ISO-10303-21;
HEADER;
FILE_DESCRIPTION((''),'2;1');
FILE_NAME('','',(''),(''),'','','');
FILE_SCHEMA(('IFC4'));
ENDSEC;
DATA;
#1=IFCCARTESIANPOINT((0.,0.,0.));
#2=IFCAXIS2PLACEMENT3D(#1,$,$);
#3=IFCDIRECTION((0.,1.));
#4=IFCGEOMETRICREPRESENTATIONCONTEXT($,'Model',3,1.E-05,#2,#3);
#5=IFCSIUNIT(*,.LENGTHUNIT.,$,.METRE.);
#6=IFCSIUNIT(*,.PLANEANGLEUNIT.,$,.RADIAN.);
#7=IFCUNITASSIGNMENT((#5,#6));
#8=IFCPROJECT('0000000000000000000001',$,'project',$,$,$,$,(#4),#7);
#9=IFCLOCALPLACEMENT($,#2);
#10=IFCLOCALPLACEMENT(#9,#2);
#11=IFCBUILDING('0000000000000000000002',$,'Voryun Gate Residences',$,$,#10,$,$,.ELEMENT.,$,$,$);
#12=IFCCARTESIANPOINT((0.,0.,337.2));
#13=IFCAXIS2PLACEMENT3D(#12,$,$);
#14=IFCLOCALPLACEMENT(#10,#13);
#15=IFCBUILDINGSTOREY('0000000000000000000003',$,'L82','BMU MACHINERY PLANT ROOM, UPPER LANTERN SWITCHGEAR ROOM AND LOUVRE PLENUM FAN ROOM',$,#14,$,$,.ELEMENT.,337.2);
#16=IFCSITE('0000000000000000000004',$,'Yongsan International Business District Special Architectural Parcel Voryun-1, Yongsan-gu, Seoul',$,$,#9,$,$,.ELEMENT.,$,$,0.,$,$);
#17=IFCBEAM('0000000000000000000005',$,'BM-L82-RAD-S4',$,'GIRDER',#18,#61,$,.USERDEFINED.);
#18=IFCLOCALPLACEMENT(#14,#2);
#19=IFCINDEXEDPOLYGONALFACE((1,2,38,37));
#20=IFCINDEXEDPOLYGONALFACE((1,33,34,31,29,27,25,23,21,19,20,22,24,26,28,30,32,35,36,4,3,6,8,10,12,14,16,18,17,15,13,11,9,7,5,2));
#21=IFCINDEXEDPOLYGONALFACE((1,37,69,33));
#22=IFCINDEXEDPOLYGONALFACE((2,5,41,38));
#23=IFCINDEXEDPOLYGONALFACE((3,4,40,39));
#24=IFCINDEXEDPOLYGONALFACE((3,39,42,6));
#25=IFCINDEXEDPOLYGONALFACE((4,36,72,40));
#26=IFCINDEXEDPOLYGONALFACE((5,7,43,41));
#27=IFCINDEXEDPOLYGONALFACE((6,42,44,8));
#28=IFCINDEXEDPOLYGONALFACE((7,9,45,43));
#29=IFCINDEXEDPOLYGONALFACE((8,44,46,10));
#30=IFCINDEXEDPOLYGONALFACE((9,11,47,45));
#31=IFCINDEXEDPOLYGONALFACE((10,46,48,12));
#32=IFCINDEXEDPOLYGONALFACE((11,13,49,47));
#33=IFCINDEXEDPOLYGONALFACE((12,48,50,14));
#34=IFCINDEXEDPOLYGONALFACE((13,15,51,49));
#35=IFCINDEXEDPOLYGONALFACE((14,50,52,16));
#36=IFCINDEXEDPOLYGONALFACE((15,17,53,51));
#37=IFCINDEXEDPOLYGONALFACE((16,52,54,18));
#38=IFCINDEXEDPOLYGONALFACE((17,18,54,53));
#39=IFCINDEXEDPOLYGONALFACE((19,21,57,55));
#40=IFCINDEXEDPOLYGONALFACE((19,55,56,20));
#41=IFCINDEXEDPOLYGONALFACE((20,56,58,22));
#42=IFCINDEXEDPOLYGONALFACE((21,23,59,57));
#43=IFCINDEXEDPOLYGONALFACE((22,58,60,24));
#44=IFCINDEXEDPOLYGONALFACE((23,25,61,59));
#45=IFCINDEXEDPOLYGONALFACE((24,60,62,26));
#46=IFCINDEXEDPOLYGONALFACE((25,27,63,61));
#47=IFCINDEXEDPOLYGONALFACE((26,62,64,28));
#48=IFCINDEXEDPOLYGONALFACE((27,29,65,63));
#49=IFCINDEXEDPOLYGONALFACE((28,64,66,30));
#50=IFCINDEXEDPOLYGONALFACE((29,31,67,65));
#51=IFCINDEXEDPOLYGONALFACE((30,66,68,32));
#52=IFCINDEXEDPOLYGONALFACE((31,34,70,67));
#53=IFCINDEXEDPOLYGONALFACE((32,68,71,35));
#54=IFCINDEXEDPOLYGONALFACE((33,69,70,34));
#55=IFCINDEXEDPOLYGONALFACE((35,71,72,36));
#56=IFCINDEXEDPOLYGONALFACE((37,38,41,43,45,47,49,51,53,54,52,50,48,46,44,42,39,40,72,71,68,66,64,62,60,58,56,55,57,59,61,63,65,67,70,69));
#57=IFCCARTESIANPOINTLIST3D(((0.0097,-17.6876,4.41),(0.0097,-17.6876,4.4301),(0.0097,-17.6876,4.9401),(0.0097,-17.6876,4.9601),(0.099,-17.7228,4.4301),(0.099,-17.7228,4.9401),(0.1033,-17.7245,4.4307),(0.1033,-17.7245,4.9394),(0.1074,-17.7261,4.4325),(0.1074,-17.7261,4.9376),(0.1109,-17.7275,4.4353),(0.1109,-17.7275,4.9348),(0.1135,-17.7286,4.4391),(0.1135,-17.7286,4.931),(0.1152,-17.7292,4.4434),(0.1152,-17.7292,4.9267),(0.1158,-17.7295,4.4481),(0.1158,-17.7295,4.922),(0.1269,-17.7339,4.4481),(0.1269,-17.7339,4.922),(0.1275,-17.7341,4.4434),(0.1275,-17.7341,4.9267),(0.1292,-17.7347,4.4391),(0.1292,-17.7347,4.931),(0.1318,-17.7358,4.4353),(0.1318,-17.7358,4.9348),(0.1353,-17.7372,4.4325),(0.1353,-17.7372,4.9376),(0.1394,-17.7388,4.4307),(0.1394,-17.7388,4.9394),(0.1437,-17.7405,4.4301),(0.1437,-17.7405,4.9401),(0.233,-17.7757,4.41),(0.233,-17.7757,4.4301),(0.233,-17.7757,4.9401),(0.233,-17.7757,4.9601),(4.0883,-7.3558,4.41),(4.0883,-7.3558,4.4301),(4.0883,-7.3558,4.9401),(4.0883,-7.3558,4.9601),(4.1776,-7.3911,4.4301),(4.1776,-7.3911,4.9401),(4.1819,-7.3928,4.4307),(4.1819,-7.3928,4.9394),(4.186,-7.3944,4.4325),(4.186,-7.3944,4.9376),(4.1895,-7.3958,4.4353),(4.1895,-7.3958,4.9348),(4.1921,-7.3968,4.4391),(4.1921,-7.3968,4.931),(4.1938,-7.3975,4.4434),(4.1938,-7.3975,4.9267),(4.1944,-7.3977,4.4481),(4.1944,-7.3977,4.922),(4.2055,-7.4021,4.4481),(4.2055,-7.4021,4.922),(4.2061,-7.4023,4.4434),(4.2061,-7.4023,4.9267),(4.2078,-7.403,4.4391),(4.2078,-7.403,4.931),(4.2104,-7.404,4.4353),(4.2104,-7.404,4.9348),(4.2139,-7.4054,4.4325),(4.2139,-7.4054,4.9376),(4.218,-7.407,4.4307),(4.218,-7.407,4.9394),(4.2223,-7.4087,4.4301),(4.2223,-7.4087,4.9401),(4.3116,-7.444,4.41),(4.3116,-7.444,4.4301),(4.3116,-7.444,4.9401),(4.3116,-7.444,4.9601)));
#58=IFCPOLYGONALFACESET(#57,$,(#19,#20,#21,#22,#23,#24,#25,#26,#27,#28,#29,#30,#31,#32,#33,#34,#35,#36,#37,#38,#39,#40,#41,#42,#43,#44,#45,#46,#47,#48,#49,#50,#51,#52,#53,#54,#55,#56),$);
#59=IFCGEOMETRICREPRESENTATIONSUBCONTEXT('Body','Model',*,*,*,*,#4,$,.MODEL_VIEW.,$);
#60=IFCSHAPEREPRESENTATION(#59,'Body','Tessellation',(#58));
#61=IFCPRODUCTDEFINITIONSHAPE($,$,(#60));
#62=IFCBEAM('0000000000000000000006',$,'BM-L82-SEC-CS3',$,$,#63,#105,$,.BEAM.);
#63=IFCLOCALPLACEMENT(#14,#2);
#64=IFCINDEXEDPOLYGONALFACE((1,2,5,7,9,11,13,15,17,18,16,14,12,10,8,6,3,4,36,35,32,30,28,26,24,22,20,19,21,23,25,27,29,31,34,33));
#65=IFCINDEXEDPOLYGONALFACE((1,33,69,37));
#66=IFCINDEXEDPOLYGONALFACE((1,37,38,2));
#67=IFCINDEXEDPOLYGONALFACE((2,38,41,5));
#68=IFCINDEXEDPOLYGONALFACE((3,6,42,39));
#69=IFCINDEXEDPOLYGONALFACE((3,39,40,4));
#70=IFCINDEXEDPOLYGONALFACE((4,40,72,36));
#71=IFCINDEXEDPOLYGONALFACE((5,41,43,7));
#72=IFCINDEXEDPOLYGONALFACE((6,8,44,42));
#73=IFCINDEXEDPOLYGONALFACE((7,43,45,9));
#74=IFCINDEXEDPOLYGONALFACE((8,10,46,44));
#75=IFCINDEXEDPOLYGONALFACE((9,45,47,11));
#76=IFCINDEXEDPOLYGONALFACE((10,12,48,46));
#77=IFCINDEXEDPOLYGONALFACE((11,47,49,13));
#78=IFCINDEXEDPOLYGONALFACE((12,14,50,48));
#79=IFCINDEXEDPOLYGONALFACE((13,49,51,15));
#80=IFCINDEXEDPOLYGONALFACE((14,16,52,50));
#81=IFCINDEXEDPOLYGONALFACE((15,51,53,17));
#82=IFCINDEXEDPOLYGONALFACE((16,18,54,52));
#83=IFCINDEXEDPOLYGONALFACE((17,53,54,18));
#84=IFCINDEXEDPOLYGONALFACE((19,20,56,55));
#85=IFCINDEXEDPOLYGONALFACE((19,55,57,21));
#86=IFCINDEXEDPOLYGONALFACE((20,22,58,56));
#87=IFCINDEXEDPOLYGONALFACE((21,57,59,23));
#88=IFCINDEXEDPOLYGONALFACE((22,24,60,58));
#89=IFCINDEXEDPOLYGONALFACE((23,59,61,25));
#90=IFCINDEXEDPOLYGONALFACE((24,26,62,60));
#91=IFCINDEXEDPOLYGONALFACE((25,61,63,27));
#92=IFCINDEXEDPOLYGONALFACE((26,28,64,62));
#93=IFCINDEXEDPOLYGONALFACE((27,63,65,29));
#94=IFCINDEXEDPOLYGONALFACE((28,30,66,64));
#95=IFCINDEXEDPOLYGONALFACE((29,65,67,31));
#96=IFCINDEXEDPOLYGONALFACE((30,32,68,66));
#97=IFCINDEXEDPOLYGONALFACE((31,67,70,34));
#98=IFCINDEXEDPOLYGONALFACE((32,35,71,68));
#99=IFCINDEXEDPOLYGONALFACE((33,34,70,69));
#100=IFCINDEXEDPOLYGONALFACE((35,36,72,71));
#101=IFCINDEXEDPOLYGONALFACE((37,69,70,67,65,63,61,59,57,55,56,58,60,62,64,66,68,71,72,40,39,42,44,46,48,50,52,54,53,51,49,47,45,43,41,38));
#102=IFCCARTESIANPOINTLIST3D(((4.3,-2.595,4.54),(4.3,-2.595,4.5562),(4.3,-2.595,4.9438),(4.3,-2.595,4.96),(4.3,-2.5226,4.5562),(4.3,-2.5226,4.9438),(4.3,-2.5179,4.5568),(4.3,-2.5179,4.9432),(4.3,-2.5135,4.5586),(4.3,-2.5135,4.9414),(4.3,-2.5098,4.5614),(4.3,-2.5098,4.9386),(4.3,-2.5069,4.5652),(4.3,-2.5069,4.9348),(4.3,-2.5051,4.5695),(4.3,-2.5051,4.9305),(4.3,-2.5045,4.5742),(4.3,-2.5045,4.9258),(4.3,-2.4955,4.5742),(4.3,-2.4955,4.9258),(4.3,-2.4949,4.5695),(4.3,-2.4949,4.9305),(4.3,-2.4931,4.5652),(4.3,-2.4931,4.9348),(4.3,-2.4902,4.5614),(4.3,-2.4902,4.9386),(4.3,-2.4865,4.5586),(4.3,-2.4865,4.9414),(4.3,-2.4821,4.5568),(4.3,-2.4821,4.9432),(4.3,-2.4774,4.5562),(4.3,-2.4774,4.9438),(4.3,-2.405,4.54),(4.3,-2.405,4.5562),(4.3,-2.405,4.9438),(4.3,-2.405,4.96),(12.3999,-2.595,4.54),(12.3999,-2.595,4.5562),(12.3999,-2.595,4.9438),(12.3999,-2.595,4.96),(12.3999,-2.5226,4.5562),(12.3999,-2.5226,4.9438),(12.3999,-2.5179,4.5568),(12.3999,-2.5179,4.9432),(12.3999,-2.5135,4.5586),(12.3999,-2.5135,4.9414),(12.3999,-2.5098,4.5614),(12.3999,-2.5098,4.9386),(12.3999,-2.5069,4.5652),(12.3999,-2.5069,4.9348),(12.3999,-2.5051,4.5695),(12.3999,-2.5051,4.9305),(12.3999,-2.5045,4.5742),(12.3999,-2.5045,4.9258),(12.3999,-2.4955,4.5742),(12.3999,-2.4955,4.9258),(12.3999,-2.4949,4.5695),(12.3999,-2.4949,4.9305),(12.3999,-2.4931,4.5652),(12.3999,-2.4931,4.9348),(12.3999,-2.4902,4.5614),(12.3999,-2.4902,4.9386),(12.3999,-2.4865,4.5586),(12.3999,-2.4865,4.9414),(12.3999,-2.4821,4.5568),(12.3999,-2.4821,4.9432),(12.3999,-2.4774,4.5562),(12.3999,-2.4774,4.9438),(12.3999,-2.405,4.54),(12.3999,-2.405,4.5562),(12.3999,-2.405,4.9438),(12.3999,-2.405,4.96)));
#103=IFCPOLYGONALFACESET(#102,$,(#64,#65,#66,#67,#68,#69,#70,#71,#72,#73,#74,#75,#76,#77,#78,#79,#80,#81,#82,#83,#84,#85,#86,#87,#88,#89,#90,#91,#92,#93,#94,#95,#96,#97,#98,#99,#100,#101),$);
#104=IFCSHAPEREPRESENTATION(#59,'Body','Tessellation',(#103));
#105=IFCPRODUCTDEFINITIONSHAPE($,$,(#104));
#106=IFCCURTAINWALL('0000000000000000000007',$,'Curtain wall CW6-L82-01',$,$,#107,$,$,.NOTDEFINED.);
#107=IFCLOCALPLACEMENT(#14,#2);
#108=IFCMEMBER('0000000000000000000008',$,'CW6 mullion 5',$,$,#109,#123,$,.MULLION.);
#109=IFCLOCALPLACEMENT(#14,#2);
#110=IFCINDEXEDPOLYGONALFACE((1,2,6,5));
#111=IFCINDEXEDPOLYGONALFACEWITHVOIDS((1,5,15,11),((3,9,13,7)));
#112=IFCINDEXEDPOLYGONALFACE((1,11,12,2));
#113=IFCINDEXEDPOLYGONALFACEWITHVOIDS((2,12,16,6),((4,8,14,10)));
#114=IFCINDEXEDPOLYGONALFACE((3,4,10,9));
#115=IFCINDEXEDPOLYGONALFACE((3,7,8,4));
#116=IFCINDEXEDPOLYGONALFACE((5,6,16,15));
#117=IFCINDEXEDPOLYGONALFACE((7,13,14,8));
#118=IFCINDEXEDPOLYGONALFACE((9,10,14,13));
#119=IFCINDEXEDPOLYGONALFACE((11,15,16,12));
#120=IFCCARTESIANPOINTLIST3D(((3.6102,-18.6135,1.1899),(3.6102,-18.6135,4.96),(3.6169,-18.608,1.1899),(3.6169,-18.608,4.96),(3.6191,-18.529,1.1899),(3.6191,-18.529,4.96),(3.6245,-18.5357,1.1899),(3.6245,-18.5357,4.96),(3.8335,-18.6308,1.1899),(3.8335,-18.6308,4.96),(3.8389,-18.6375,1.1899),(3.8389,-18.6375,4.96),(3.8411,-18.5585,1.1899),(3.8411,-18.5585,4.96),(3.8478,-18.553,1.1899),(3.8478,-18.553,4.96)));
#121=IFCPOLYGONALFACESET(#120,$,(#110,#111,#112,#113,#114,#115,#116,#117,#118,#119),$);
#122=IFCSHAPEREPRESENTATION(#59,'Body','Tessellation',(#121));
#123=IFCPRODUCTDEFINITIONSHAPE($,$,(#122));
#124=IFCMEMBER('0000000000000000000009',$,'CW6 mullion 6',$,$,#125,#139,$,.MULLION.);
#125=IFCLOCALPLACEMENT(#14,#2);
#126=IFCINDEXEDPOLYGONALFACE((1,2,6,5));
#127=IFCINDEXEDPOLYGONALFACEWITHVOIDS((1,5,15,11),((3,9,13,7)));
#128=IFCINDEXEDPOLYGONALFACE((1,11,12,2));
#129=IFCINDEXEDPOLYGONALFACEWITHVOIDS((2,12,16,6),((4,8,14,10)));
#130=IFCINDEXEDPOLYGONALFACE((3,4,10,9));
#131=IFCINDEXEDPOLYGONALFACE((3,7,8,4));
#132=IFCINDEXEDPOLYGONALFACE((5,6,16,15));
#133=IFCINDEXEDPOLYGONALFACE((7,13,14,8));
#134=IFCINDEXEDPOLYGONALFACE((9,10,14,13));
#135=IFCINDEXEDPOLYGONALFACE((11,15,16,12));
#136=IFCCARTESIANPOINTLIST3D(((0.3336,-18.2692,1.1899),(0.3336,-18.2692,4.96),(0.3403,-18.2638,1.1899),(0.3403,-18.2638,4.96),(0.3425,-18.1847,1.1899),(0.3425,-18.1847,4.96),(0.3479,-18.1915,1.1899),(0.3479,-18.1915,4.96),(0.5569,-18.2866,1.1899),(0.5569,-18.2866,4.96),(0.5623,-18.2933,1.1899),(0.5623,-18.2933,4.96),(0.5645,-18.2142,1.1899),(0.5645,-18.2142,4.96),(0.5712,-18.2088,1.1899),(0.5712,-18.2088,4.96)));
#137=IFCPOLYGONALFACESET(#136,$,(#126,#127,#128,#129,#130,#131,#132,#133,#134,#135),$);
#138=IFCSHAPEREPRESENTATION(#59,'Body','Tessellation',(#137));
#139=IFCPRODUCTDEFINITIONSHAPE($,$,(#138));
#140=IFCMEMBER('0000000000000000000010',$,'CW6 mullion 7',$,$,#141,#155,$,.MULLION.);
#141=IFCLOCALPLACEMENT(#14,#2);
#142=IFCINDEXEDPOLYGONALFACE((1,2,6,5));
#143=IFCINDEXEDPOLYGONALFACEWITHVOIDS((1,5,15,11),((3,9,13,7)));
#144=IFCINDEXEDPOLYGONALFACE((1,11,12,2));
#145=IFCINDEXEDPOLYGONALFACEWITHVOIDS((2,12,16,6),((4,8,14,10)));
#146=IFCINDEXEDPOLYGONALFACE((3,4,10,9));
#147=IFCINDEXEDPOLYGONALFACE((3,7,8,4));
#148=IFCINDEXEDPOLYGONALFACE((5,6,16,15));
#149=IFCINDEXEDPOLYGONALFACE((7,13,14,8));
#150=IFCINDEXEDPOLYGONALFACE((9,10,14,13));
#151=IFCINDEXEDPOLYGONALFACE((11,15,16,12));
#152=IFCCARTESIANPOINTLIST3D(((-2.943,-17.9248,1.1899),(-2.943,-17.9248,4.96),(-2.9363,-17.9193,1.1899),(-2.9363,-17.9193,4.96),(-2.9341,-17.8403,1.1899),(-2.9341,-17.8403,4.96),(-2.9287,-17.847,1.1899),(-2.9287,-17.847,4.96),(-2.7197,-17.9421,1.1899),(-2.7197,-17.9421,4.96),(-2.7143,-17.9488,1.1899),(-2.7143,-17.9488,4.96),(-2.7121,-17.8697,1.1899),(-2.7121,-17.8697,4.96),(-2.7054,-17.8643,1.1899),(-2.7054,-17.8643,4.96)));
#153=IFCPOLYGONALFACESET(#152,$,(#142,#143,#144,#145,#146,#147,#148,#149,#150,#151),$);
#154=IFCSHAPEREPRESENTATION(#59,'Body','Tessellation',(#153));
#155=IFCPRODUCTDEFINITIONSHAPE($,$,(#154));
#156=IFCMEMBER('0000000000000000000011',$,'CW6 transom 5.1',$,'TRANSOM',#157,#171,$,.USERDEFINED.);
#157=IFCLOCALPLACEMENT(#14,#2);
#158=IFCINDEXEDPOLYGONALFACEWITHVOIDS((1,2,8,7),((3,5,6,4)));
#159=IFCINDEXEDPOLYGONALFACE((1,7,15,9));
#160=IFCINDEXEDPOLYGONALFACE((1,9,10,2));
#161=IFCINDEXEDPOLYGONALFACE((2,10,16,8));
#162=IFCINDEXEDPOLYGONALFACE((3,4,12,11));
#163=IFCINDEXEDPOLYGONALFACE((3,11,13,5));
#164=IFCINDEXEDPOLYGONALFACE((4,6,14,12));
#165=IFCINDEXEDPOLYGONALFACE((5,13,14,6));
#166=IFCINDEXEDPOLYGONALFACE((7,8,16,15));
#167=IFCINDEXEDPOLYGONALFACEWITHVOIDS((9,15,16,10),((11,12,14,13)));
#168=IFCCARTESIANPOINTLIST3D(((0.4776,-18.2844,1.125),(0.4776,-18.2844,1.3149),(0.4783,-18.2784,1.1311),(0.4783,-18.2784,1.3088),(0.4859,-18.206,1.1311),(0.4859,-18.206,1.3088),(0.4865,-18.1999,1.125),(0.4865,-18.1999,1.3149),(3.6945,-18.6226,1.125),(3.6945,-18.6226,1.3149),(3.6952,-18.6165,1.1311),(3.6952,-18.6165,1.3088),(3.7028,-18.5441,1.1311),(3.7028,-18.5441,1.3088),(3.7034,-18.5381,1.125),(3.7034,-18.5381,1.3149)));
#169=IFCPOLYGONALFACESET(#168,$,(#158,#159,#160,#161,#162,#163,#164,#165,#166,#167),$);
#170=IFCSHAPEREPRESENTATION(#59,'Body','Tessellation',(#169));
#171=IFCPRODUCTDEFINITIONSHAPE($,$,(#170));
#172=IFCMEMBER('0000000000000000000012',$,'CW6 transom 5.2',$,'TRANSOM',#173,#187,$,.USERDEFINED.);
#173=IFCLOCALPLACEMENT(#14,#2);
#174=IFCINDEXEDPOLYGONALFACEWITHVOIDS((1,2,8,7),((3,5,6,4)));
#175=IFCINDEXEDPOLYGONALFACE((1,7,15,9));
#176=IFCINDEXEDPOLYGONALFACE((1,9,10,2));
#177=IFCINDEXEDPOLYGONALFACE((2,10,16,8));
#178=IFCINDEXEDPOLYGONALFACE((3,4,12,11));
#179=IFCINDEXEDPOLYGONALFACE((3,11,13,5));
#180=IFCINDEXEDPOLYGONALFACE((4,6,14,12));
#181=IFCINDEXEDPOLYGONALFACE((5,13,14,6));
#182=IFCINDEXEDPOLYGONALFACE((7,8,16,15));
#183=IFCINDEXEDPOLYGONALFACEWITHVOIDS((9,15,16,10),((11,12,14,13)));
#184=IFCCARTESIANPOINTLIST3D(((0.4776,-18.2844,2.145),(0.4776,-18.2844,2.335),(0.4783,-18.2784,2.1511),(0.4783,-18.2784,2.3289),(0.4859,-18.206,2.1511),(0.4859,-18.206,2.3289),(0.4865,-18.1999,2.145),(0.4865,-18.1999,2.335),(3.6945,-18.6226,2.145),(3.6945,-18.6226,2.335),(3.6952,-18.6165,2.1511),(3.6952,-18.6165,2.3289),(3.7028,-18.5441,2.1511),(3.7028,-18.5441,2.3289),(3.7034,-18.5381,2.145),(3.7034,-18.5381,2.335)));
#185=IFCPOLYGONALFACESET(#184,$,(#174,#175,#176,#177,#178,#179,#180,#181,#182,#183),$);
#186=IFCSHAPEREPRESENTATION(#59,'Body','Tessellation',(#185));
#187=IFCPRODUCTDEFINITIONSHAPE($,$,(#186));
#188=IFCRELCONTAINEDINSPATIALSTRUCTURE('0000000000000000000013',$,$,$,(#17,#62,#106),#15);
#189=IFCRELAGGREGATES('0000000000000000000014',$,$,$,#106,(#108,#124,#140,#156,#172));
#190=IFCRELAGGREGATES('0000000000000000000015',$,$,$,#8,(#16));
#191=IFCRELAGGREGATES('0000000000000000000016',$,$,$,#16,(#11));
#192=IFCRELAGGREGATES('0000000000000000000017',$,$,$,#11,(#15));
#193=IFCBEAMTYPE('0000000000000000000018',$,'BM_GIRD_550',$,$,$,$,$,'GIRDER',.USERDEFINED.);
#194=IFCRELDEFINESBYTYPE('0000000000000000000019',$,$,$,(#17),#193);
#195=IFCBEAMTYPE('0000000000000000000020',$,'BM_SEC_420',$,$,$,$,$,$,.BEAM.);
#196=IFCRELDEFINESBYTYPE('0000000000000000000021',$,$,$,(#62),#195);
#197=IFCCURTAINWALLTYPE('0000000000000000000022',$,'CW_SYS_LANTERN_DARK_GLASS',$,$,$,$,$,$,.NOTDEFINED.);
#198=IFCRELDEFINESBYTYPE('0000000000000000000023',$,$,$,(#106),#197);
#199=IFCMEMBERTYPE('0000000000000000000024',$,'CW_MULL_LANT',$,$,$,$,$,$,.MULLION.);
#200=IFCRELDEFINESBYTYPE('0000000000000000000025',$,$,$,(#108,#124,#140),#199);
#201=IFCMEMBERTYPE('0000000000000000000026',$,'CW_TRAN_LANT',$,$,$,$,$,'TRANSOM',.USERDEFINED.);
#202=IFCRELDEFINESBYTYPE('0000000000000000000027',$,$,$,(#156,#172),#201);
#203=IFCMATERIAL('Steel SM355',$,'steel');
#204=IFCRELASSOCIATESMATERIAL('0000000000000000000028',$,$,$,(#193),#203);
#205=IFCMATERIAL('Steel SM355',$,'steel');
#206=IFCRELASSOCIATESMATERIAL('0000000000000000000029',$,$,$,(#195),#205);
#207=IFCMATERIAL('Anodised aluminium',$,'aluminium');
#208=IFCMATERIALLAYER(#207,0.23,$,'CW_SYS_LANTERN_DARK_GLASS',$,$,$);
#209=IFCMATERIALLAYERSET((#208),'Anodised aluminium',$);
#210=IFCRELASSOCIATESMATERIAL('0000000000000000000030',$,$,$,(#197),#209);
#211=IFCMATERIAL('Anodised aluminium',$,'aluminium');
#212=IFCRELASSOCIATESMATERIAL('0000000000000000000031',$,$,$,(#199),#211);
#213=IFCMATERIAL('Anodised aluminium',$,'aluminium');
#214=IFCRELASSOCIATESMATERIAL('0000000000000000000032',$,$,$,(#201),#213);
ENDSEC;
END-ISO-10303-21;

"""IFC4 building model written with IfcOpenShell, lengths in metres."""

from ifc_helpers import new_model, si_unit, direction, frame, origin, origin_2d, place, context, subcontext, project, spatial, hollow_rectangle, i_section, extrude, material, layer, layer_set, material_profile, profile_set, type_object, element, aggregate, save


model = new_model("IFC4")

# Units and contexts
model_context = context("Model", 3, precision=1e-05, world=origin(), true_north=direction((0.0, 1.0)))
body_context = subcontext(model_context, "Body", "Model", "MODEL_VIEW")
ifc_project = project(units=[si_unit("LENGTHUNIT", "METRE"), si_unit("PLANEANGLEUNIT", "RADIAN")], contexts=[model_context])

# Site, building, storey
site_placement = place(None, origin())
site = spatial("IfcSite", under=ifc_project, at=site_placement, Name="Yongsan International Business District Special Architectural Parcel Voryun-1, Yongsan-gu, Seoul", CompositionType="ELEMENT", RefElevation=0.0)
building_placement = place(site_placement, origin())
building = spatial("IfcBuilding", under=site, at=building_placement, Name="Voryun Gate Residences", CompositionType="ELEMENT")
storey_placement = place(building_placement, frame((0.0, 0.0, 337.2)))
storey = spatial("IfcBuildingStorey", under=building, at=storey_placement, Name="L82", Description="BMU MACHINERY PLANT ROOM, UPPER LANTERN SWITCHGEAR ROOM AND LOUVRE PLENUM FAN ROOM", CompositionType="ELEMENT", Elevation=337.2)

# Beams
ifc_material_1 = material(Name="Steel SM355", Category="steel")
ifc_material_profile_1 = material_profile(ifc_material_1, i_section(OverallWidth=0.24, OverallDepth=0.55, WebThickness=0.012, FlangeThickness=0.02, FilletRadius=0.0181, at=origin_2d()), Name="H-550x240x12x20")
ifc_profile_set_1 = profile_set([ifc_material_profile_1], Name="Steel SM355")
beam_type_1 = type_object("IfcBeamType", Name="BM_GIRD_550", ElementType="GIRDER", PredefinedType="USERDEFINED", material=ifc_profile_set_1)
beam_1_placement = place(storey_placement, frame((4.2, -7.3999, 4.6851), z_axis=(-0.367188, -0.930147, 0.0), x_axis=(0.930147, -0.367188, 0.0)))
element("IfcBeam", 1, at=beam_1_placement, inside=storey, type_object=beam_type_1, Name="BM-L82-RAD-S4", ObjectType="GIRDER", PredefinedType="USERDEFINED", context=body_context, shape_type="SweptSolid", body=[
    extrude(i_section(OverallWidth=0.24, OverallDepth=0.55, WebThickness=0.012, FlangeThickness=0.02, FilletRadius=0.0181, at=origin_2d()), origin(), (0.0, 0.0, 1.0), 11.1077),
])
ifc_material_2 = material(Name="Steel SM355", Category="steel")
ifc_material_profile_2 = material_profile(ifc_material_2, i_section(OverallWidth=0.1899, OverallDepth=0.4199, WebThickness=0.009, FlangeThickness=0.0161, FilletRadius=0.0181, at=origin_2d()), Name="H-420x190x9x16")
ifc_profile_set_2 = profile_set([ifc_material_profile_2], Name="Steel SM355")
beam_type_2 = type_object("IfcBeamType", Name="BM_SEC_420", PredefinedType="BEAM", material=ifc_profile_set_2)
beam_2_placement = place(storey_placement, frame((4.3, -2.5, 4.75), z_axis=(1.0, 0.0, 0.0), x_axis=(0.0, 1.0, 0.0)))
element("IfcBeam", 2, at=beam_2_placement, inside=storey, type_object=beam_type_2, Name="BM-L82-SEC-CS3", PredefinedType="BEAM", context=body_context, shape_type="SweptSolid", body=[
    extrude(i_section(OverallWidth=0.1899, OverallDepth=0.4199, WebThickness=0.009, FlangeThickness=0.0161, FilletRadius=0.0181, at=origin_2d()), origin(), (0.0, 0.0, 1.0), 8.0999),
])

# Curtain wall, members
ifc_material_3 = material(Name="Anodised aluminium", Category="aluminium")
ifc_layer_1 = layer(ifc_material_3, 0.23, Name="CW_SYS_LANTERN_DARK_GLASS")
ifc_layer_set_1 = layer_set([ifc_layer_1], Name="Anodised aluminium")
curtain_wall_type = type_object("IfcCurtainWallType", Name="CW_SYS_LANTERN_DARK_GLASS", PredefinedType="NOTDEFINED", material=ifc_layer_set_1)
curtain_wall_placement = place(storey_placement, origin())
curtain_wall = element("IfcCurtainWall", 3, at=curtain_wall_placement, inside=storey, type_object=curtain_wall_type, Name="Curtain wall CW6-L82-01", PredefinedType="NOTDEFINED")
ifc_material_4 = material(Name="Anodised aluminium", Category="aluminium")
ifc_material_profile_3 = material_profile(ifc_material_4, hollow_rectangle(XDim=0.085, YDim=0.23, WallThickness=0.0061, at=origin_2d()), Name="ALU-MULL-230x85x6")
ifc_profile_set_3 = profile_set([ifc_material_profile_3], Name="Anodised aluminium")
member_type_1 = type_object("IfcMemberType", Name="CW_MULL_LANT", PredefinedType="MULLION", material=ifc_profile_set_3)
member_1_placement = place(storey_placement, frame((3.729, -18.5833, 1.1899), z_axis=(0.0, 0.0, 1.0), x_axis=(-0.104528, -0.994522, 0.0)))
member_1 = element("IfcMember", 4, at=member_1_placement, type_object=member_type_1, Name="CW6 mullion 5", PredefinedType="MULLION", context=body_context, shape_type="SweptSolid", body=[
    extrude(hollow_rectangle(XDim=0.085, YDim=0.23, WallThickness=0.0061, at=origin_2d()), origin(), (0.0, 0.0, 1.0), 3.77),
])
member_2_placement = place(storey_placement, frame((0.4524, -18.239, 1.1899), z_axis=(0.0, 0.0, 1.0), x_axis=(-0.104528, -0.994522, 0.0)))
member_2 = element("IfcMember", 5, at=member_2_placement, type_object=member_type_1, Name="CW6 mullion 6", PredefinedType="MULLION", context=body_context, shape_type="SweptSolid", body=[
    extrude(hollow_rectangle(XDim=0.085, YDim=0.23, WallThickness=0.0061, at=origin_2d()), origin(), (0.0, 0.0, 1.0), 3.77),
])
member_3_placement = place(storey_placement, frame((-2.8242, -17.8945, 1.1899), z_axis=(0.0, 0.0, 1.0), x_axis=(-0.104528, -0.994522, 0.0)))
member_3 = element("IfcMember", 6, at=member_3_placement, type_object=member_type_1, Name="CW6 mullion 7", PredefinedType="MULLION", context=body_context, shape_type="SweptSolid", body=[
    extrude(hollow_rectangle(XDim=0.085, YDim=0.23, WallThickness=0.0061, at=origin_2d()), origin(), (0.0, 0.0, 1.0), 3.77),
])
ifc_material_5 = material(Name="Anodised aluminium", Category="aluminium")
ifc_material_profile_4 = material_profile(ifc_material_5, hollow_rectangle(XDim=0.085, YDim=0.1899, WallThickness=0.0061, at=origin_2d()), Name="ALU-TRAN-190x85x6")
ifc_profile_set_4 = profile_set([ifc_material_profile_4], Name="Anodised aluminium")
member_type_2 = type_object("IfcMemberType", Name="CW_TRAN_LANT", ElementType="TRANSOM", PredefinedType="USERDEFINED", material=ifc_profile_set_4)
member_4_placement = place(storey_placement, frame((3.699, -18.5803, 1.22), z_axis=(-0.994521, 0.104539, 0.0), x_axis=(-0.104539, -0.994521, 0.0)))
member_4 = element("IfcMember", 7, at=member_4_placement, type_object=member_type_2, Name="CW6 transom 5.1", ObjectType="TRANSOM", PredefinedType="USERDEFINED", context=body_context, shape_type="SweptSolid", body=[
    extrude(hollow_rectangle(XDim=0.085, YDim=0.1899, WallThickness=0.0061, at=origin_2d()), origin(), (0.0, 0.0, 1.0), 3.2346),
])
member_5_placement = place(storey_placement, frame((3.699, -18.5803, 2.24), z_axis=(-0.994521, 0.104539, 0.0), x_axis=(-0.104539, -0.994521, 0.0)))
member_5 = element("IfcMember", 8, at=member_5_placement, type_object=member_type_2, Name="CW6 transom 5.2", ObjectType="TRANSOM", PredefinedType="USERDEFINED", context=body_context, shape_type="SweptSolid", body=[
    extrude(hollow_rectangle(XDim=0.085, YDim=0.1899, WallThickness=0.0061, at=origin_2d()), origin(), (0.0, 0.0, 1.0), 3.2346),
])

aggregate(curtain_wall, [member_1, member_2, member_3, member_4, member_5])

save(model, "model.ifc")
